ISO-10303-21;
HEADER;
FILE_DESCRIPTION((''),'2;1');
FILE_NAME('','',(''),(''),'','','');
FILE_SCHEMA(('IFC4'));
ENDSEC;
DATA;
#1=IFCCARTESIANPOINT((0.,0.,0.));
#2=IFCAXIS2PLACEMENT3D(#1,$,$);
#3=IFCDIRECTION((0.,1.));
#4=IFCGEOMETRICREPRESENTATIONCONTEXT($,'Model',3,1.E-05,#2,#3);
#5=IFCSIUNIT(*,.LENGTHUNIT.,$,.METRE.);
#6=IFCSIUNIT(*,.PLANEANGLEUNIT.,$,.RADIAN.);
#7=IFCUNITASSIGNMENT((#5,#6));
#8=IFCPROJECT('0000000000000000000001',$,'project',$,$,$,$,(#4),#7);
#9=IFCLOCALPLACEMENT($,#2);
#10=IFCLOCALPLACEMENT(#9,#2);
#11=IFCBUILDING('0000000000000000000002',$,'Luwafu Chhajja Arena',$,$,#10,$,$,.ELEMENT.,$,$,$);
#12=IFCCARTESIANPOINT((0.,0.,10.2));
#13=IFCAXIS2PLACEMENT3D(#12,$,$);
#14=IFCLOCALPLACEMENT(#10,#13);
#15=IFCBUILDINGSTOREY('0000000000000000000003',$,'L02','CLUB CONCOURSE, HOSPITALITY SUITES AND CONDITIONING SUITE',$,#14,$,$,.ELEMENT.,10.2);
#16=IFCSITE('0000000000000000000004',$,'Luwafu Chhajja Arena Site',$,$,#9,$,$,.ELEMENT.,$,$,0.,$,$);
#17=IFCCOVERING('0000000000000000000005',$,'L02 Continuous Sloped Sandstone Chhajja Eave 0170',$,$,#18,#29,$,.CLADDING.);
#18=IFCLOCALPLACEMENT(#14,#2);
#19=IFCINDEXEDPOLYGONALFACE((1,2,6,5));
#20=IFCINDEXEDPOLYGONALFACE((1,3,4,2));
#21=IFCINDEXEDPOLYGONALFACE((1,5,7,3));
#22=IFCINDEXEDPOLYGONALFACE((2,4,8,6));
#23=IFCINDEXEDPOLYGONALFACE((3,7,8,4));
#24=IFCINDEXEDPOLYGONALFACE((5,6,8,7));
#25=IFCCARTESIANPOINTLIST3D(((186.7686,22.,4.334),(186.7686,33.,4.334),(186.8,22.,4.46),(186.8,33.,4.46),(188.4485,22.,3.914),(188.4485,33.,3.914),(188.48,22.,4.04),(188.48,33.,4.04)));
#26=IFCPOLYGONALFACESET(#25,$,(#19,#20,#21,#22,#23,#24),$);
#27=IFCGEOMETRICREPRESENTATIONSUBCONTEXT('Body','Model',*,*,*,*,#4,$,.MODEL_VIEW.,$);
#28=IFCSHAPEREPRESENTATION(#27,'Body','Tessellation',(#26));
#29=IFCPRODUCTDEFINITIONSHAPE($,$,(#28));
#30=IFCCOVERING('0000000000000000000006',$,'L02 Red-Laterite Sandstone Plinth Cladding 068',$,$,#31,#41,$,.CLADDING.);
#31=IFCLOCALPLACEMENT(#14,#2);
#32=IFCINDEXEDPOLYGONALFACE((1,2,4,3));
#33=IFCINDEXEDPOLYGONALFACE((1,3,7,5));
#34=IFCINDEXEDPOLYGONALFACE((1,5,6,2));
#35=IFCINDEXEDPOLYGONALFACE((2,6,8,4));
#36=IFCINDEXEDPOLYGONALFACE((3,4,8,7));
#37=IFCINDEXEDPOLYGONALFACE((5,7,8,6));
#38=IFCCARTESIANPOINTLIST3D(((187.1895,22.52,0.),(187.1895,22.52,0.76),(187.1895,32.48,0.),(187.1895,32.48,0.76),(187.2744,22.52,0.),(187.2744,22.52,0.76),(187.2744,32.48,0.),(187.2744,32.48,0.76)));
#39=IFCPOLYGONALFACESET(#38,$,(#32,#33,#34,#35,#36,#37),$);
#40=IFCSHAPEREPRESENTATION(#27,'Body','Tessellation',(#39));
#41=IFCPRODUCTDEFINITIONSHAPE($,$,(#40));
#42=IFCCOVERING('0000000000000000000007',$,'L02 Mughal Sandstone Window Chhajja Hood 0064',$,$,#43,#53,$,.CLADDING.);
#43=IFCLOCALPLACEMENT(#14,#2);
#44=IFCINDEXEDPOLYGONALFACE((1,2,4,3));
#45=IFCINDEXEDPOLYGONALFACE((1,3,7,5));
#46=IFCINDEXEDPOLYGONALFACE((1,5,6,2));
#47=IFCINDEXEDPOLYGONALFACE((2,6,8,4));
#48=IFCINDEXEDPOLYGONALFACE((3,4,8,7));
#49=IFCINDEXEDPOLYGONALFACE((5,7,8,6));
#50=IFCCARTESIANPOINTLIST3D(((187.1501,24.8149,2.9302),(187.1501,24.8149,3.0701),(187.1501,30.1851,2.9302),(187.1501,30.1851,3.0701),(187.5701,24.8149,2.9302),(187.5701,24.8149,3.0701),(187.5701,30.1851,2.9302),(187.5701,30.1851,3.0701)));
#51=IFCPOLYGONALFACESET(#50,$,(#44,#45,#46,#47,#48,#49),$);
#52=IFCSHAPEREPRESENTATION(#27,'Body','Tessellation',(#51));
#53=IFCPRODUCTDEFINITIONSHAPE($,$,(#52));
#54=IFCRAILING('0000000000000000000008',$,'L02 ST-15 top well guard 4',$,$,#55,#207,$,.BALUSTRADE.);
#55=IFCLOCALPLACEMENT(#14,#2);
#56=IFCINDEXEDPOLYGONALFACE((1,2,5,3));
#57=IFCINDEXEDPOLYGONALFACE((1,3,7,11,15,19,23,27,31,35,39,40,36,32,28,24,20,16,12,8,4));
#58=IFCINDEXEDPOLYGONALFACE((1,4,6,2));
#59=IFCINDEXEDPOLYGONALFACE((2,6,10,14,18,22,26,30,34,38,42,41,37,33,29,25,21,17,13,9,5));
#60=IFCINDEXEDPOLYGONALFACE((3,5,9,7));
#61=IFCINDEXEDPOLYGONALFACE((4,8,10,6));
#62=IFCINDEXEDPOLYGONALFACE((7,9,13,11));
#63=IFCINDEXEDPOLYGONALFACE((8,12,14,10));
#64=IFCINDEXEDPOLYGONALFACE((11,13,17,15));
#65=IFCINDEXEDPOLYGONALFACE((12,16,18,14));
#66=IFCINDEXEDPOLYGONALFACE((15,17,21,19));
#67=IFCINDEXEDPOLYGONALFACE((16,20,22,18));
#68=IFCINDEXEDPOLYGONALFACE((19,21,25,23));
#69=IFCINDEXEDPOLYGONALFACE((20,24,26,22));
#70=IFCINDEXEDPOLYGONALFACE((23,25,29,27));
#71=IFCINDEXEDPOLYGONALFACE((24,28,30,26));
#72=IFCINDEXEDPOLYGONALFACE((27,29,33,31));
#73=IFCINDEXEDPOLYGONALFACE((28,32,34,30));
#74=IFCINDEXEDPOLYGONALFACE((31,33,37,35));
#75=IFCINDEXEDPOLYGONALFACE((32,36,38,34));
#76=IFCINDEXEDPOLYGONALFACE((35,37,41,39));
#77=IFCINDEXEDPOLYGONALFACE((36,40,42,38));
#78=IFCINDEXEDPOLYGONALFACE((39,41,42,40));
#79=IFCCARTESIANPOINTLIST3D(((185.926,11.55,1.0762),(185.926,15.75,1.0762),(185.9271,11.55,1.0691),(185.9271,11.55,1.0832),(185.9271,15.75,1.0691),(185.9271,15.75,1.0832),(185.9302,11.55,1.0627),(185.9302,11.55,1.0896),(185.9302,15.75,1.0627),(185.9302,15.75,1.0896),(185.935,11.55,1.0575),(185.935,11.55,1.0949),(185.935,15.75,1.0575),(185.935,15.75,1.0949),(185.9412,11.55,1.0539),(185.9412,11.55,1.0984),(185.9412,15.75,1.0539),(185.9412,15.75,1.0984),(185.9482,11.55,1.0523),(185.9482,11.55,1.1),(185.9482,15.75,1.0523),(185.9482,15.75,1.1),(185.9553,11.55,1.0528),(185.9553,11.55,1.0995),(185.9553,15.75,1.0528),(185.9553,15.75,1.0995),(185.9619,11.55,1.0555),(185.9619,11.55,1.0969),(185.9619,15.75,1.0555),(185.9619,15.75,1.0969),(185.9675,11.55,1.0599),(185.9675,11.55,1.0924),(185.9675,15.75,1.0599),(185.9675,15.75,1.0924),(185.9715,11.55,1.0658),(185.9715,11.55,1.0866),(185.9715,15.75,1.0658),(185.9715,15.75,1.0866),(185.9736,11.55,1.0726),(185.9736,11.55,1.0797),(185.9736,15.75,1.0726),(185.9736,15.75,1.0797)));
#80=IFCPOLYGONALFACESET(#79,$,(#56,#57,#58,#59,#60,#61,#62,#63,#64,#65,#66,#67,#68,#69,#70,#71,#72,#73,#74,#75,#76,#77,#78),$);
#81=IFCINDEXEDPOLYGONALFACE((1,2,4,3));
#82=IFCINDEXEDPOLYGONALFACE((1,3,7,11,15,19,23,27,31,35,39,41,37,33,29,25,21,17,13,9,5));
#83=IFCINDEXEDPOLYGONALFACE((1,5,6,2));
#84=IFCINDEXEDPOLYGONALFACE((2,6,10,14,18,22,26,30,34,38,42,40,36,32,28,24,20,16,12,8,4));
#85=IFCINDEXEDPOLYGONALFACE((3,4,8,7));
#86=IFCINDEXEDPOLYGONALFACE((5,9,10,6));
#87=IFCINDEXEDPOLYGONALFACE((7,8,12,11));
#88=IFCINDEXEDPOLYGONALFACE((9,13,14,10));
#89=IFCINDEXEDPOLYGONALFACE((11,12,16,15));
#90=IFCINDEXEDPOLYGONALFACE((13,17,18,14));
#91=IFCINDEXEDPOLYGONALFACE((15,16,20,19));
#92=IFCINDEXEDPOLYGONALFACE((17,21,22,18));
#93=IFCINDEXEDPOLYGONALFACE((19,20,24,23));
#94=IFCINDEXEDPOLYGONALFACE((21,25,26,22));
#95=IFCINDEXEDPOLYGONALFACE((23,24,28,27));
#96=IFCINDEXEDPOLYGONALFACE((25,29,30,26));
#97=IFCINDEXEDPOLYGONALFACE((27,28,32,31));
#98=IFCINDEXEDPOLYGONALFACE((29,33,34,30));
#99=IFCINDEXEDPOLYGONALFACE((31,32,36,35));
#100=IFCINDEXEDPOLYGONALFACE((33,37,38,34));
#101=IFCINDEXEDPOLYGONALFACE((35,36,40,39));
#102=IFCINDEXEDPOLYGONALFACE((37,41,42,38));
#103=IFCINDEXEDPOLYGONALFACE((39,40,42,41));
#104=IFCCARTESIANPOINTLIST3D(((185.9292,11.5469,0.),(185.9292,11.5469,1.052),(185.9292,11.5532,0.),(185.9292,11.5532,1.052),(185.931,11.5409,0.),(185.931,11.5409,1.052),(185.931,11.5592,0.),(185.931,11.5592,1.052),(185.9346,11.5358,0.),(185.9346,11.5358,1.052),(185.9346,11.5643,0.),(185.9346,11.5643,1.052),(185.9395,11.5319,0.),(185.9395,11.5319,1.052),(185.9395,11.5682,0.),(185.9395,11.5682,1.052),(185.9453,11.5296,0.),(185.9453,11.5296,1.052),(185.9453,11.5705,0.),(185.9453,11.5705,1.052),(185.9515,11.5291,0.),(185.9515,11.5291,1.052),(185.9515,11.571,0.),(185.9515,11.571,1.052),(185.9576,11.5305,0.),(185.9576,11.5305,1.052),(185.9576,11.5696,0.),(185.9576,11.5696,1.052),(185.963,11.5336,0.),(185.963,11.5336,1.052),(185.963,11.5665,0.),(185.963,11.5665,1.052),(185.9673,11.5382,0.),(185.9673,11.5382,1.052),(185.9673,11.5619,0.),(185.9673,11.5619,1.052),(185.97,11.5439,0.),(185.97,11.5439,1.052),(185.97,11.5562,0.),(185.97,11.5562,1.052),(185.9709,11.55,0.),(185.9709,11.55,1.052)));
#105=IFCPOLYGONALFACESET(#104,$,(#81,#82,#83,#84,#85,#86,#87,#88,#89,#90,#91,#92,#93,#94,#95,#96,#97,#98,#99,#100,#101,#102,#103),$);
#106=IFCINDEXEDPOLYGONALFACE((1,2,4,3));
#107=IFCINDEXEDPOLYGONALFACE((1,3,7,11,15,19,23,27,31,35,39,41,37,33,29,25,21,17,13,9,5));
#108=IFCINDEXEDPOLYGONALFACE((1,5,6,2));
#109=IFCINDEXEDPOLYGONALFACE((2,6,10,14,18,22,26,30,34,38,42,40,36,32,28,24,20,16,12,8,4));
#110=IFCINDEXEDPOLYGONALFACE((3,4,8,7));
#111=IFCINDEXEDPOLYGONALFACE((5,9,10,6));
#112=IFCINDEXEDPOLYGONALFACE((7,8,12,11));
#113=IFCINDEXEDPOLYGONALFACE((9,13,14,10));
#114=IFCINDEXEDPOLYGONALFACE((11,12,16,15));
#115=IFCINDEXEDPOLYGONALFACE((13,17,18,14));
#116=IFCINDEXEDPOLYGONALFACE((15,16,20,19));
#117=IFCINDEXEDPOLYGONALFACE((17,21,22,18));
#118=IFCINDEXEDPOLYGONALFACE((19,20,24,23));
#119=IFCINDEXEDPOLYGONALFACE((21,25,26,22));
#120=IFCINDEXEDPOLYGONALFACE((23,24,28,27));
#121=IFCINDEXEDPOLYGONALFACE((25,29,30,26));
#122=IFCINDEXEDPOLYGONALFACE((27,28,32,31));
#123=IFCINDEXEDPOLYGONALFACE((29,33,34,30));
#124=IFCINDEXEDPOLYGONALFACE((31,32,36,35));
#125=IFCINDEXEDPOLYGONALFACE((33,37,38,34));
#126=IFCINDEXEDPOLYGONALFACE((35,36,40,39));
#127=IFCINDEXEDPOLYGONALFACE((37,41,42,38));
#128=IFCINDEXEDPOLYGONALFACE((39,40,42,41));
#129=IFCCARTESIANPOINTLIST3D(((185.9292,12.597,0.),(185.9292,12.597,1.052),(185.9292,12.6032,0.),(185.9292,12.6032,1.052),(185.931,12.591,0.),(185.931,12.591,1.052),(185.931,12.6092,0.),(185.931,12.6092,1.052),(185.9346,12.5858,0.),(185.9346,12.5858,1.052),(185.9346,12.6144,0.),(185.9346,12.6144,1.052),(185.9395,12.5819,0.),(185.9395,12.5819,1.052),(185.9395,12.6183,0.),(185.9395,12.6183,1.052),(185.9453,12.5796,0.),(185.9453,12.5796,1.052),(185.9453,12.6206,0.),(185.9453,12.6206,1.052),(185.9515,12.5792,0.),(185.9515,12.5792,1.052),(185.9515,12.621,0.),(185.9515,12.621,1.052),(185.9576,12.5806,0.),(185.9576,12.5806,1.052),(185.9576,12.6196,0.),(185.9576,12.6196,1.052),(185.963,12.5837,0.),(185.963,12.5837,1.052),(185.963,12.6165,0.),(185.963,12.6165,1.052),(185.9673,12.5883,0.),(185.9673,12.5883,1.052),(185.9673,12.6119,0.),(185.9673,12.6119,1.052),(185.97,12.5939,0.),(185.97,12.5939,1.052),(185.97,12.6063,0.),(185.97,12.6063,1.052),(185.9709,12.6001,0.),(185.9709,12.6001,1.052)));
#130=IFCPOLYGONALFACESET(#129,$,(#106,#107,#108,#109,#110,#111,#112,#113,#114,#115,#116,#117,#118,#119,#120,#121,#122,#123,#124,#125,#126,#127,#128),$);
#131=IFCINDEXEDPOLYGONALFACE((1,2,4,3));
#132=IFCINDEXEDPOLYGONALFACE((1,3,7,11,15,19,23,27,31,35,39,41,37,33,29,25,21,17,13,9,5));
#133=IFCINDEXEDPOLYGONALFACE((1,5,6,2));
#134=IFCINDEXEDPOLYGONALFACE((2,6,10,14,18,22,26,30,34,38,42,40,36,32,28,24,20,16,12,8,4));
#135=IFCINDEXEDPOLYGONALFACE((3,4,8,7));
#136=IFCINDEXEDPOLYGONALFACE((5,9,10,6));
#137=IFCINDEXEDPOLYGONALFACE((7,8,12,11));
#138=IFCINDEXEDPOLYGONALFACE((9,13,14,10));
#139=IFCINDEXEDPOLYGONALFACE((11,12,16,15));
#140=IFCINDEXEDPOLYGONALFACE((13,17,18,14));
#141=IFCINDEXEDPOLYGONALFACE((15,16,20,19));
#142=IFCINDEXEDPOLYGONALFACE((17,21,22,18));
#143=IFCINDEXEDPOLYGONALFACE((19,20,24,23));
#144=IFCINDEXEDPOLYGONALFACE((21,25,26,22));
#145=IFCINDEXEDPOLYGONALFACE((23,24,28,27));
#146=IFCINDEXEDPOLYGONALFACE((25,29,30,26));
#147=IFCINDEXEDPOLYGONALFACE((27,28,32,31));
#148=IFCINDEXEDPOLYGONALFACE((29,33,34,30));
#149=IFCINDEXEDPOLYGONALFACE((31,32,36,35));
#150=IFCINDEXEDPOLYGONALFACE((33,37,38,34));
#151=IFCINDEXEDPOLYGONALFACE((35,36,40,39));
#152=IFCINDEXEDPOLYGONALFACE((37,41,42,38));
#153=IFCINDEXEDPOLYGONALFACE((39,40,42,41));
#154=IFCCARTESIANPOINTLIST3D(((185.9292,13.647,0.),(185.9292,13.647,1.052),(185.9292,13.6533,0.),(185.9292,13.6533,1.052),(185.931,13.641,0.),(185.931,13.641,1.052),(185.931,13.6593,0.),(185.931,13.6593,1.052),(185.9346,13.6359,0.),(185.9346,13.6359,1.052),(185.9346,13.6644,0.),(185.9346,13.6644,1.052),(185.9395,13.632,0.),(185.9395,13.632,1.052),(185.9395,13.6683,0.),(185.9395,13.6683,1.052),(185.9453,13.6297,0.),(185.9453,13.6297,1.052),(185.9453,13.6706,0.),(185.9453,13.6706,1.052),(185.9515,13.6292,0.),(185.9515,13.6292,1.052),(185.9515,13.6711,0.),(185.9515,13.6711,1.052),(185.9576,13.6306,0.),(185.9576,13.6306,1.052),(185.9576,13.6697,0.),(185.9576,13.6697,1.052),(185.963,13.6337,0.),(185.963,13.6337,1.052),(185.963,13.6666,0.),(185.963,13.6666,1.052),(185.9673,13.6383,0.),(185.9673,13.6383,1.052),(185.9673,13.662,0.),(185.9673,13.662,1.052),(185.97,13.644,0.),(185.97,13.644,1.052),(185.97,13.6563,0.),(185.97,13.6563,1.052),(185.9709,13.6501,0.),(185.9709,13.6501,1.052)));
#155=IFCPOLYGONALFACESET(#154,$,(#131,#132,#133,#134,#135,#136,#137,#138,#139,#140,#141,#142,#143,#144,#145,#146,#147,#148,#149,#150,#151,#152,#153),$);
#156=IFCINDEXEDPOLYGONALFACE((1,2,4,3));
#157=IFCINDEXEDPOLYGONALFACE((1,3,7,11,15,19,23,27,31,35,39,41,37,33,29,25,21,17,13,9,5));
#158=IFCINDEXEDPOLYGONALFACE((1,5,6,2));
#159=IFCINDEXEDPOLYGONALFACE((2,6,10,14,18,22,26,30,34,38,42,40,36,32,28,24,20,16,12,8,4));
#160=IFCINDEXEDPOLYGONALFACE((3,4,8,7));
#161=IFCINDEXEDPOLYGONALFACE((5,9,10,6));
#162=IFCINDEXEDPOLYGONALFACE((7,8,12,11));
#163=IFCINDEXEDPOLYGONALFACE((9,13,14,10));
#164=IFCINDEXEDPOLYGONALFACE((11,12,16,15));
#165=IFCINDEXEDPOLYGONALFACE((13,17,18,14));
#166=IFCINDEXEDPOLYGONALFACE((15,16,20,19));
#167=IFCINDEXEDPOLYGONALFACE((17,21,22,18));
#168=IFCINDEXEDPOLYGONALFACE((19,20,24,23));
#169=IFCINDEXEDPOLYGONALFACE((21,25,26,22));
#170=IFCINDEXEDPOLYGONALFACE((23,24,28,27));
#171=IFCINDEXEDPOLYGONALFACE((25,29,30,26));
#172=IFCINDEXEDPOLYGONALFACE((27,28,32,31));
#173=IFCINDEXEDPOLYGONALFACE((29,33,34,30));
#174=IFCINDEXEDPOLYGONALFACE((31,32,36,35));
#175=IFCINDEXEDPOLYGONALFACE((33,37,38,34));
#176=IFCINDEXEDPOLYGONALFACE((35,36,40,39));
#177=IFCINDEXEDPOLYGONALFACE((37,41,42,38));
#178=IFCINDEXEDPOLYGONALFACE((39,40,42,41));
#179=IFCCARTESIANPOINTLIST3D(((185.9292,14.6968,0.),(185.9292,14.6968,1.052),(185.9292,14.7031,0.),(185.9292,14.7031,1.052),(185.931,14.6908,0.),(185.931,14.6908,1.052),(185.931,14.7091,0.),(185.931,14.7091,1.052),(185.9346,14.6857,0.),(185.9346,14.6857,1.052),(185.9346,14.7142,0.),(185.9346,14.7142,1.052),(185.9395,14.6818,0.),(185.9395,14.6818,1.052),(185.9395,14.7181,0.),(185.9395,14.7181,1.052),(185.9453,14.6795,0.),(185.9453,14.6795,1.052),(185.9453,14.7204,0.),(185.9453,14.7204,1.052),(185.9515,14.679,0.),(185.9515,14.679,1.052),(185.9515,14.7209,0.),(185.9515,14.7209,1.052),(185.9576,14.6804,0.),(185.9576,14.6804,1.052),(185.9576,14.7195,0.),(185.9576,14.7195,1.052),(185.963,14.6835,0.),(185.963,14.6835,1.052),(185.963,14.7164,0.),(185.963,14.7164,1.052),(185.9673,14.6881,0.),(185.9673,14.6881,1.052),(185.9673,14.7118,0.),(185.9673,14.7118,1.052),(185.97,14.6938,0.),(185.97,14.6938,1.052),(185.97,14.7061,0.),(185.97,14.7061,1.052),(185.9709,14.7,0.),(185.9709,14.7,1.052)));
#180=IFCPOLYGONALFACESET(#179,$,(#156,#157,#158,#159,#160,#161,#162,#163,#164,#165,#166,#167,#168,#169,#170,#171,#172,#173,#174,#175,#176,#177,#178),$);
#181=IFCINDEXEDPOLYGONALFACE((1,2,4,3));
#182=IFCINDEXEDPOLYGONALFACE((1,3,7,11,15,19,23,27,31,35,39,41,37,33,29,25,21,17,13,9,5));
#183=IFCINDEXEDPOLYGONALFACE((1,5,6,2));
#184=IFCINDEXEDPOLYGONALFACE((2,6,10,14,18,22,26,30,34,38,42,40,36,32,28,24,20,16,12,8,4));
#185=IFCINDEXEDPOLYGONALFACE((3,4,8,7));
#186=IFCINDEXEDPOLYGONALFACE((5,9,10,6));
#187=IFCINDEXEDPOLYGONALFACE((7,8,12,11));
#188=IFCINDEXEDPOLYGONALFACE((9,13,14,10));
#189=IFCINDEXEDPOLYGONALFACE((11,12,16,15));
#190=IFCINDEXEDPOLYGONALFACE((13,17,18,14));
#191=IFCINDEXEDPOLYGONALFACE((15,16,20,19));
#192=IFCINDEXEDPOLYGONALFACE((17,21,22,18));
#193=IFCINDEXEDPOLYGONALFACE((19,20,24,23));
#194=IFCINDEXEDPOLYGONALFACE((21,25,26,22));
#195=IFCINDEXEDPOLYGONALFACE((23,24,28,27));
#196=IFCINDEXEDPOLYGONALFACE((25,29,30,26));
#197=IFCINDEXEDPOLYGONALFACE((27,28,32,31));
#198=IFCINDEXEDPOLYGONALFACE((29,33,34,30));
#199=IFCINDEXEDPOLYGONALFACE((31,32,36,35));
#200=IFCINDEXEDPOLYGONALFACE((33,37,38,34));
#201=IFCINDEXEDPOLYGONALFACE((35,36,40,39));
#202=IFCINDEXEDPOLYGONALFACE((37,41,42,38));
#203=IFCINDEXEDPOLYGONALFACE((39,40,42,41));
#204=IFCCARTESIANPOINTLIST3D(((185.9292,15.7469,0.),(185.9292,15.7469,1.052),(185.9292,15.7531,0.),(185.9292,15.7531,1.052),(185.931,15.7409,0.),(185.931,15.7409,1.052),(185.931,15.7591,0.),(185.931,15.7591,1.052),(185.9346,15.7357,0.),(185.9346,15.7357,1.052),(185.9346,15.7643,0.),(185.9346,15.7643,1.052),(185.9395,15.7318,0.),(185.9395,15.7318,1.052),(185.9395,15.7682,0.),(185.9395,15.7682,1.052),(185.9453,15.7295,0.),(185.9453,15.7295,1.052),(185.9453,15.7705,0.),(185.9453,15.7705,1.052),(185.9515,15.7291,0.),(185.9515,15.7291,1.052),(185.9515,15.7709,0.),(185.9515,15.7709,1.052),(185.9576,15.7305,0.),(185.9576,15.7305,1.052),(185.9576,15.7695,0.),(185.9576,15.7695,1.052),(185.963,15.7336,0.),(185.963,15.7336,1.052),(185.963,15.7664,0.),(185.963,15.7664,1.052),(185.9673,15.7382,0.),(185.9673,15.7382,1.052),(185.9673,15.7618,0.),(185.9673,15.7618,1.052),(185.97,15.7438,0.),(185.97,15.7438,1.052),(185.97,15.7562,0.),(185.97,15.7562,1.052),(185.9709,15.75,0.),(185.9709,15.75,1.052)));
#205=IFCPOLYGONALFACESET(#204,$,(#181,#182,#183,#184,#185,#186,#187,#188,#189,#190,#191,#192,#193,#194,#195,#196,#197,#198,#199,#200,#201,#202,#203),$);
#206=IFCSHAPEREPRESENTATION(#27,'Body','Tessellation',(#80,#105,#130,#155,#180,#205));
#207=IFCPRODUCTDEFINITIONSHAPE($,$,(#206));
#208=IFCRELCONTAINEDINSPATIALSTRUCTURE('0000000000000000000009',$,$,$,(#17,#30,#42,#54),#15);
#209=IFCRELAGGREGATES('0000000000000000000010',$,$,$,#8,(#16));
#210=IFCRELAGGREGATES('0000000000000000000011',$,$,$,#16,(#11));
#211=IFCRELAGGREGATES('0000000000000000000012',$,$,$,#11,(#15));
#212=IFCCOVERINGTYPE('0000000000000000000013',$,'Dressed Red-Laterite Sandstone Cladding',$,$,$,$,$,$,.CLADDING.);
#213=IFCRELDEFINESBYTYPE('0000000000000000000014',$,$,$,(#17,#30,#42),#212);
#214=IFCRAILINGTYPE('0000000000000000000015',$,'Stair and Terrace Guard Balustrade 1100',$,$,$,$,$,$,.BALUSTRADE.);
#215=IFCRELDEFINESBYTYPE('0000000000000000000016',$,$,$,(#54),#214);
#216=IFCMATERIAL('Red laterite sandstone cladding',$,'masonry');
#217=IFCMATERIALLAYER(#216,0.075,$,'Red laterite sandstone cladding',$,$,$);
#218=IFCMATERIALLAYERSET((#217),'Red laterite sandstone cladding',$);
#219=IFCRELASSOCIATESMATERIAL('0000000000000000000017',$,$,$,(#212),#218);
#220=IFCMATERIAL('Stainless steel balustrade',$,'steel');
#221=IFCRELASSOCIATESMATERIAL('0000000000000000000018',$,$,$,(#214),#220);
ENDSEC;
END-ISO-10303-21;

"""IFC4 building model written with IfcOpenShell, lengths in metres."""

from ifc_helpers import new_model, si_unit, direction, frame, origin, origin_2d, place, context, subcontext, project, spatial, polyline, rectangle, circle, outline, extrude, material, layer, layer_set, type_object, element, save


model = new_model("IFC4")

# Units and contexts
model_context = context("Model", 3, precision=1e-05, world=origin(), true_north=direction((0.0, 1.0)))
body_context = subcontext(model_context, "Body", "Model", "MODEL_VIEW")
ifc_project = project(units=[si_unit("LENGTHUNIT", "METRE"), si_unit("PLANEANGLEUNIT", "RADIAN")], contexts=[model_context])

# Site, building, storey
site_placement = place(None, origin())
site = spatial("IfcSite", under=ifc_project, at=site_placement, Name="Luwafu Chhajja Arena Site", CompositionType="ELEMENT", RefElevation=0.0)
building_placement = place(site_placement, origin())
building = spatial("IfcBuilding", under=site, at=building_placement, Name="Luwafu Chhajja Arena", CompositionType="ELEMENT")
storey_placement = place(building_placement, frame((0.0, 0.0, 10.2)))
storey = spatial("IfcBuildingStorey", under=building, at=storey_placement, Name="L02", Description="CLUB CONCOURSE, HOSPITALITY SUITES AND CONDITIONING SUITE", CompositionType="ELEMENT", Elevation=10.2)

# Coverings
ifc_material_1 = material(Name="Red laterite sandstone cladding", Category="masonry")
ifc_layer_1 = layer(ifc_material_1, 0.075, Name="Red laterite sandstone cladding")
ifc_layer_set_1 = layer_set([ifc_layer_1], Name="Red laterite sandstone cladding")
covering_type = type_object("IfcCoveringType", Name="Dressed Red-Laterite Sandstone Cladding", PredefinedType="CLADDING", material=ifc_layer_set_1)
covering_1_placement = place(storey_placement, frame((186.8, 22.0, 4.46), z_axis=(0.242502, 0.0, 0.970151), x_axis=(0.0, 1.0, 0.0)))
element("IfcCovering", 1, at=covering_1_placement, inside=storey, type_object=covering_type, Name="L02 Continuous Sloped Sandstone Chhajja Eave 0170", PredefinedType="CLADDING", context=body_context, shape_type="SweptSolid", body=[
    extrude(outline(polyline([(0.0, 0.0), (11.0, 0.0), (11.0, -1.7316), (0.0, -1.7316), (0.0, 0.0)])), origin(), (0.0, 0.0, -1.0), 0.1299),
])
covering_2_placement = place(storey_placement, frame((187.2319, 27.5, 0.0), z_axis=(0.0, 0.0, 1.0), x_axis=(0.0, 1.0, 0.0)))
element("IfcCovering", 2, at=covering_2_placement, inside=storey, type_object=covering_type, Name="L02 Red-Laterite Sandstone Plinth Cladding 068", PredefinedType="CLADDING", context=body_context, shape_type="SweptSolid", body=[
    extrude(rectangle(XDim=9.96, YDim=0.085, at=origin_2d()), origin(), (0.0, 0.0, 1.0), 0.76),
])
covering_3_placement = place(storey_placement, frame((187.3601, 27.5, 2.9302), z_axis=(0.0, 0.0, 1.0), x_axis=(0.0, 1.0, 0.0)))
element("IfcCovering", 3, at=covering_3_placement, inside=storey, type_object=covering_type, Name="L02 Mughal Sandstone Window Chhajja Hood 0064", PredefinedType="CLADDING", context=body_context, shape_type="SweptSolid", body=[
    extrude(rectangle(XDim=5.3701, YDim=0.4199, at=origin_2d()), origin(), (0.0, 0.0, 1.0), 0.1399),
])

# Railing
ifc_material_2 = material(Name="Stainless steel balustrade", Category="steel")
railing_type = type_object("IfcRailingType", Name="Stair and Terrace Guard Balustrade 1100", PredefinedType="BALUSTRADE", material=ifc_material_2)
for number, where, name in (
    (4, (185.95, 11.55, 0.0), "L02 ST-15 top well guard 4"),
):
    element("IfcRailing", number, at=place(storey_placement, frame(where)), inside=storey, type_object=railing_type, Name=name, PredefinedType="BALUSTRADE", context=body_context, shape_type="SweptSolid", body=[
        extrude(circle(Radius=0.0239, at=origin_2d()), frame((0.0, 0.0, 1.0762), z_axis=(0.0, 1.0, 0.0), x_axis=(-1.0, 0.0, 0.0)), (0.0, 0.0, 1.0), 4.2),
        extrude(circle(Radius=0.021, at=origin_2d()), origin(), (0.0, 0.0, 1.0), 1.052),
        extrude(circle(Radius=0.021, at=origin_2d()), frame((0.0, 1.05, 0.0)), (0.0, 0.0, 1.0), 1.052),
        extrude(circle(Radius=0.021, at=origin_2d()), frame((0.0, 2.1001, 0.0)), (0.0, 0.0, 1.0), 1.052),
        extrude(circle(Radius=0.021, at=origin_2d()), frame((0.0, 3.1499, 0.0)), (0.0, 0.0, 1.0), 1.052),
        extrude(circle(Radius=0.021, at=origin_2d()), frame((0.0, 4.2, 0.0)), (0.0, 0.0, 1.0), 1.052),
    ])

save(model, "model.ifc")
